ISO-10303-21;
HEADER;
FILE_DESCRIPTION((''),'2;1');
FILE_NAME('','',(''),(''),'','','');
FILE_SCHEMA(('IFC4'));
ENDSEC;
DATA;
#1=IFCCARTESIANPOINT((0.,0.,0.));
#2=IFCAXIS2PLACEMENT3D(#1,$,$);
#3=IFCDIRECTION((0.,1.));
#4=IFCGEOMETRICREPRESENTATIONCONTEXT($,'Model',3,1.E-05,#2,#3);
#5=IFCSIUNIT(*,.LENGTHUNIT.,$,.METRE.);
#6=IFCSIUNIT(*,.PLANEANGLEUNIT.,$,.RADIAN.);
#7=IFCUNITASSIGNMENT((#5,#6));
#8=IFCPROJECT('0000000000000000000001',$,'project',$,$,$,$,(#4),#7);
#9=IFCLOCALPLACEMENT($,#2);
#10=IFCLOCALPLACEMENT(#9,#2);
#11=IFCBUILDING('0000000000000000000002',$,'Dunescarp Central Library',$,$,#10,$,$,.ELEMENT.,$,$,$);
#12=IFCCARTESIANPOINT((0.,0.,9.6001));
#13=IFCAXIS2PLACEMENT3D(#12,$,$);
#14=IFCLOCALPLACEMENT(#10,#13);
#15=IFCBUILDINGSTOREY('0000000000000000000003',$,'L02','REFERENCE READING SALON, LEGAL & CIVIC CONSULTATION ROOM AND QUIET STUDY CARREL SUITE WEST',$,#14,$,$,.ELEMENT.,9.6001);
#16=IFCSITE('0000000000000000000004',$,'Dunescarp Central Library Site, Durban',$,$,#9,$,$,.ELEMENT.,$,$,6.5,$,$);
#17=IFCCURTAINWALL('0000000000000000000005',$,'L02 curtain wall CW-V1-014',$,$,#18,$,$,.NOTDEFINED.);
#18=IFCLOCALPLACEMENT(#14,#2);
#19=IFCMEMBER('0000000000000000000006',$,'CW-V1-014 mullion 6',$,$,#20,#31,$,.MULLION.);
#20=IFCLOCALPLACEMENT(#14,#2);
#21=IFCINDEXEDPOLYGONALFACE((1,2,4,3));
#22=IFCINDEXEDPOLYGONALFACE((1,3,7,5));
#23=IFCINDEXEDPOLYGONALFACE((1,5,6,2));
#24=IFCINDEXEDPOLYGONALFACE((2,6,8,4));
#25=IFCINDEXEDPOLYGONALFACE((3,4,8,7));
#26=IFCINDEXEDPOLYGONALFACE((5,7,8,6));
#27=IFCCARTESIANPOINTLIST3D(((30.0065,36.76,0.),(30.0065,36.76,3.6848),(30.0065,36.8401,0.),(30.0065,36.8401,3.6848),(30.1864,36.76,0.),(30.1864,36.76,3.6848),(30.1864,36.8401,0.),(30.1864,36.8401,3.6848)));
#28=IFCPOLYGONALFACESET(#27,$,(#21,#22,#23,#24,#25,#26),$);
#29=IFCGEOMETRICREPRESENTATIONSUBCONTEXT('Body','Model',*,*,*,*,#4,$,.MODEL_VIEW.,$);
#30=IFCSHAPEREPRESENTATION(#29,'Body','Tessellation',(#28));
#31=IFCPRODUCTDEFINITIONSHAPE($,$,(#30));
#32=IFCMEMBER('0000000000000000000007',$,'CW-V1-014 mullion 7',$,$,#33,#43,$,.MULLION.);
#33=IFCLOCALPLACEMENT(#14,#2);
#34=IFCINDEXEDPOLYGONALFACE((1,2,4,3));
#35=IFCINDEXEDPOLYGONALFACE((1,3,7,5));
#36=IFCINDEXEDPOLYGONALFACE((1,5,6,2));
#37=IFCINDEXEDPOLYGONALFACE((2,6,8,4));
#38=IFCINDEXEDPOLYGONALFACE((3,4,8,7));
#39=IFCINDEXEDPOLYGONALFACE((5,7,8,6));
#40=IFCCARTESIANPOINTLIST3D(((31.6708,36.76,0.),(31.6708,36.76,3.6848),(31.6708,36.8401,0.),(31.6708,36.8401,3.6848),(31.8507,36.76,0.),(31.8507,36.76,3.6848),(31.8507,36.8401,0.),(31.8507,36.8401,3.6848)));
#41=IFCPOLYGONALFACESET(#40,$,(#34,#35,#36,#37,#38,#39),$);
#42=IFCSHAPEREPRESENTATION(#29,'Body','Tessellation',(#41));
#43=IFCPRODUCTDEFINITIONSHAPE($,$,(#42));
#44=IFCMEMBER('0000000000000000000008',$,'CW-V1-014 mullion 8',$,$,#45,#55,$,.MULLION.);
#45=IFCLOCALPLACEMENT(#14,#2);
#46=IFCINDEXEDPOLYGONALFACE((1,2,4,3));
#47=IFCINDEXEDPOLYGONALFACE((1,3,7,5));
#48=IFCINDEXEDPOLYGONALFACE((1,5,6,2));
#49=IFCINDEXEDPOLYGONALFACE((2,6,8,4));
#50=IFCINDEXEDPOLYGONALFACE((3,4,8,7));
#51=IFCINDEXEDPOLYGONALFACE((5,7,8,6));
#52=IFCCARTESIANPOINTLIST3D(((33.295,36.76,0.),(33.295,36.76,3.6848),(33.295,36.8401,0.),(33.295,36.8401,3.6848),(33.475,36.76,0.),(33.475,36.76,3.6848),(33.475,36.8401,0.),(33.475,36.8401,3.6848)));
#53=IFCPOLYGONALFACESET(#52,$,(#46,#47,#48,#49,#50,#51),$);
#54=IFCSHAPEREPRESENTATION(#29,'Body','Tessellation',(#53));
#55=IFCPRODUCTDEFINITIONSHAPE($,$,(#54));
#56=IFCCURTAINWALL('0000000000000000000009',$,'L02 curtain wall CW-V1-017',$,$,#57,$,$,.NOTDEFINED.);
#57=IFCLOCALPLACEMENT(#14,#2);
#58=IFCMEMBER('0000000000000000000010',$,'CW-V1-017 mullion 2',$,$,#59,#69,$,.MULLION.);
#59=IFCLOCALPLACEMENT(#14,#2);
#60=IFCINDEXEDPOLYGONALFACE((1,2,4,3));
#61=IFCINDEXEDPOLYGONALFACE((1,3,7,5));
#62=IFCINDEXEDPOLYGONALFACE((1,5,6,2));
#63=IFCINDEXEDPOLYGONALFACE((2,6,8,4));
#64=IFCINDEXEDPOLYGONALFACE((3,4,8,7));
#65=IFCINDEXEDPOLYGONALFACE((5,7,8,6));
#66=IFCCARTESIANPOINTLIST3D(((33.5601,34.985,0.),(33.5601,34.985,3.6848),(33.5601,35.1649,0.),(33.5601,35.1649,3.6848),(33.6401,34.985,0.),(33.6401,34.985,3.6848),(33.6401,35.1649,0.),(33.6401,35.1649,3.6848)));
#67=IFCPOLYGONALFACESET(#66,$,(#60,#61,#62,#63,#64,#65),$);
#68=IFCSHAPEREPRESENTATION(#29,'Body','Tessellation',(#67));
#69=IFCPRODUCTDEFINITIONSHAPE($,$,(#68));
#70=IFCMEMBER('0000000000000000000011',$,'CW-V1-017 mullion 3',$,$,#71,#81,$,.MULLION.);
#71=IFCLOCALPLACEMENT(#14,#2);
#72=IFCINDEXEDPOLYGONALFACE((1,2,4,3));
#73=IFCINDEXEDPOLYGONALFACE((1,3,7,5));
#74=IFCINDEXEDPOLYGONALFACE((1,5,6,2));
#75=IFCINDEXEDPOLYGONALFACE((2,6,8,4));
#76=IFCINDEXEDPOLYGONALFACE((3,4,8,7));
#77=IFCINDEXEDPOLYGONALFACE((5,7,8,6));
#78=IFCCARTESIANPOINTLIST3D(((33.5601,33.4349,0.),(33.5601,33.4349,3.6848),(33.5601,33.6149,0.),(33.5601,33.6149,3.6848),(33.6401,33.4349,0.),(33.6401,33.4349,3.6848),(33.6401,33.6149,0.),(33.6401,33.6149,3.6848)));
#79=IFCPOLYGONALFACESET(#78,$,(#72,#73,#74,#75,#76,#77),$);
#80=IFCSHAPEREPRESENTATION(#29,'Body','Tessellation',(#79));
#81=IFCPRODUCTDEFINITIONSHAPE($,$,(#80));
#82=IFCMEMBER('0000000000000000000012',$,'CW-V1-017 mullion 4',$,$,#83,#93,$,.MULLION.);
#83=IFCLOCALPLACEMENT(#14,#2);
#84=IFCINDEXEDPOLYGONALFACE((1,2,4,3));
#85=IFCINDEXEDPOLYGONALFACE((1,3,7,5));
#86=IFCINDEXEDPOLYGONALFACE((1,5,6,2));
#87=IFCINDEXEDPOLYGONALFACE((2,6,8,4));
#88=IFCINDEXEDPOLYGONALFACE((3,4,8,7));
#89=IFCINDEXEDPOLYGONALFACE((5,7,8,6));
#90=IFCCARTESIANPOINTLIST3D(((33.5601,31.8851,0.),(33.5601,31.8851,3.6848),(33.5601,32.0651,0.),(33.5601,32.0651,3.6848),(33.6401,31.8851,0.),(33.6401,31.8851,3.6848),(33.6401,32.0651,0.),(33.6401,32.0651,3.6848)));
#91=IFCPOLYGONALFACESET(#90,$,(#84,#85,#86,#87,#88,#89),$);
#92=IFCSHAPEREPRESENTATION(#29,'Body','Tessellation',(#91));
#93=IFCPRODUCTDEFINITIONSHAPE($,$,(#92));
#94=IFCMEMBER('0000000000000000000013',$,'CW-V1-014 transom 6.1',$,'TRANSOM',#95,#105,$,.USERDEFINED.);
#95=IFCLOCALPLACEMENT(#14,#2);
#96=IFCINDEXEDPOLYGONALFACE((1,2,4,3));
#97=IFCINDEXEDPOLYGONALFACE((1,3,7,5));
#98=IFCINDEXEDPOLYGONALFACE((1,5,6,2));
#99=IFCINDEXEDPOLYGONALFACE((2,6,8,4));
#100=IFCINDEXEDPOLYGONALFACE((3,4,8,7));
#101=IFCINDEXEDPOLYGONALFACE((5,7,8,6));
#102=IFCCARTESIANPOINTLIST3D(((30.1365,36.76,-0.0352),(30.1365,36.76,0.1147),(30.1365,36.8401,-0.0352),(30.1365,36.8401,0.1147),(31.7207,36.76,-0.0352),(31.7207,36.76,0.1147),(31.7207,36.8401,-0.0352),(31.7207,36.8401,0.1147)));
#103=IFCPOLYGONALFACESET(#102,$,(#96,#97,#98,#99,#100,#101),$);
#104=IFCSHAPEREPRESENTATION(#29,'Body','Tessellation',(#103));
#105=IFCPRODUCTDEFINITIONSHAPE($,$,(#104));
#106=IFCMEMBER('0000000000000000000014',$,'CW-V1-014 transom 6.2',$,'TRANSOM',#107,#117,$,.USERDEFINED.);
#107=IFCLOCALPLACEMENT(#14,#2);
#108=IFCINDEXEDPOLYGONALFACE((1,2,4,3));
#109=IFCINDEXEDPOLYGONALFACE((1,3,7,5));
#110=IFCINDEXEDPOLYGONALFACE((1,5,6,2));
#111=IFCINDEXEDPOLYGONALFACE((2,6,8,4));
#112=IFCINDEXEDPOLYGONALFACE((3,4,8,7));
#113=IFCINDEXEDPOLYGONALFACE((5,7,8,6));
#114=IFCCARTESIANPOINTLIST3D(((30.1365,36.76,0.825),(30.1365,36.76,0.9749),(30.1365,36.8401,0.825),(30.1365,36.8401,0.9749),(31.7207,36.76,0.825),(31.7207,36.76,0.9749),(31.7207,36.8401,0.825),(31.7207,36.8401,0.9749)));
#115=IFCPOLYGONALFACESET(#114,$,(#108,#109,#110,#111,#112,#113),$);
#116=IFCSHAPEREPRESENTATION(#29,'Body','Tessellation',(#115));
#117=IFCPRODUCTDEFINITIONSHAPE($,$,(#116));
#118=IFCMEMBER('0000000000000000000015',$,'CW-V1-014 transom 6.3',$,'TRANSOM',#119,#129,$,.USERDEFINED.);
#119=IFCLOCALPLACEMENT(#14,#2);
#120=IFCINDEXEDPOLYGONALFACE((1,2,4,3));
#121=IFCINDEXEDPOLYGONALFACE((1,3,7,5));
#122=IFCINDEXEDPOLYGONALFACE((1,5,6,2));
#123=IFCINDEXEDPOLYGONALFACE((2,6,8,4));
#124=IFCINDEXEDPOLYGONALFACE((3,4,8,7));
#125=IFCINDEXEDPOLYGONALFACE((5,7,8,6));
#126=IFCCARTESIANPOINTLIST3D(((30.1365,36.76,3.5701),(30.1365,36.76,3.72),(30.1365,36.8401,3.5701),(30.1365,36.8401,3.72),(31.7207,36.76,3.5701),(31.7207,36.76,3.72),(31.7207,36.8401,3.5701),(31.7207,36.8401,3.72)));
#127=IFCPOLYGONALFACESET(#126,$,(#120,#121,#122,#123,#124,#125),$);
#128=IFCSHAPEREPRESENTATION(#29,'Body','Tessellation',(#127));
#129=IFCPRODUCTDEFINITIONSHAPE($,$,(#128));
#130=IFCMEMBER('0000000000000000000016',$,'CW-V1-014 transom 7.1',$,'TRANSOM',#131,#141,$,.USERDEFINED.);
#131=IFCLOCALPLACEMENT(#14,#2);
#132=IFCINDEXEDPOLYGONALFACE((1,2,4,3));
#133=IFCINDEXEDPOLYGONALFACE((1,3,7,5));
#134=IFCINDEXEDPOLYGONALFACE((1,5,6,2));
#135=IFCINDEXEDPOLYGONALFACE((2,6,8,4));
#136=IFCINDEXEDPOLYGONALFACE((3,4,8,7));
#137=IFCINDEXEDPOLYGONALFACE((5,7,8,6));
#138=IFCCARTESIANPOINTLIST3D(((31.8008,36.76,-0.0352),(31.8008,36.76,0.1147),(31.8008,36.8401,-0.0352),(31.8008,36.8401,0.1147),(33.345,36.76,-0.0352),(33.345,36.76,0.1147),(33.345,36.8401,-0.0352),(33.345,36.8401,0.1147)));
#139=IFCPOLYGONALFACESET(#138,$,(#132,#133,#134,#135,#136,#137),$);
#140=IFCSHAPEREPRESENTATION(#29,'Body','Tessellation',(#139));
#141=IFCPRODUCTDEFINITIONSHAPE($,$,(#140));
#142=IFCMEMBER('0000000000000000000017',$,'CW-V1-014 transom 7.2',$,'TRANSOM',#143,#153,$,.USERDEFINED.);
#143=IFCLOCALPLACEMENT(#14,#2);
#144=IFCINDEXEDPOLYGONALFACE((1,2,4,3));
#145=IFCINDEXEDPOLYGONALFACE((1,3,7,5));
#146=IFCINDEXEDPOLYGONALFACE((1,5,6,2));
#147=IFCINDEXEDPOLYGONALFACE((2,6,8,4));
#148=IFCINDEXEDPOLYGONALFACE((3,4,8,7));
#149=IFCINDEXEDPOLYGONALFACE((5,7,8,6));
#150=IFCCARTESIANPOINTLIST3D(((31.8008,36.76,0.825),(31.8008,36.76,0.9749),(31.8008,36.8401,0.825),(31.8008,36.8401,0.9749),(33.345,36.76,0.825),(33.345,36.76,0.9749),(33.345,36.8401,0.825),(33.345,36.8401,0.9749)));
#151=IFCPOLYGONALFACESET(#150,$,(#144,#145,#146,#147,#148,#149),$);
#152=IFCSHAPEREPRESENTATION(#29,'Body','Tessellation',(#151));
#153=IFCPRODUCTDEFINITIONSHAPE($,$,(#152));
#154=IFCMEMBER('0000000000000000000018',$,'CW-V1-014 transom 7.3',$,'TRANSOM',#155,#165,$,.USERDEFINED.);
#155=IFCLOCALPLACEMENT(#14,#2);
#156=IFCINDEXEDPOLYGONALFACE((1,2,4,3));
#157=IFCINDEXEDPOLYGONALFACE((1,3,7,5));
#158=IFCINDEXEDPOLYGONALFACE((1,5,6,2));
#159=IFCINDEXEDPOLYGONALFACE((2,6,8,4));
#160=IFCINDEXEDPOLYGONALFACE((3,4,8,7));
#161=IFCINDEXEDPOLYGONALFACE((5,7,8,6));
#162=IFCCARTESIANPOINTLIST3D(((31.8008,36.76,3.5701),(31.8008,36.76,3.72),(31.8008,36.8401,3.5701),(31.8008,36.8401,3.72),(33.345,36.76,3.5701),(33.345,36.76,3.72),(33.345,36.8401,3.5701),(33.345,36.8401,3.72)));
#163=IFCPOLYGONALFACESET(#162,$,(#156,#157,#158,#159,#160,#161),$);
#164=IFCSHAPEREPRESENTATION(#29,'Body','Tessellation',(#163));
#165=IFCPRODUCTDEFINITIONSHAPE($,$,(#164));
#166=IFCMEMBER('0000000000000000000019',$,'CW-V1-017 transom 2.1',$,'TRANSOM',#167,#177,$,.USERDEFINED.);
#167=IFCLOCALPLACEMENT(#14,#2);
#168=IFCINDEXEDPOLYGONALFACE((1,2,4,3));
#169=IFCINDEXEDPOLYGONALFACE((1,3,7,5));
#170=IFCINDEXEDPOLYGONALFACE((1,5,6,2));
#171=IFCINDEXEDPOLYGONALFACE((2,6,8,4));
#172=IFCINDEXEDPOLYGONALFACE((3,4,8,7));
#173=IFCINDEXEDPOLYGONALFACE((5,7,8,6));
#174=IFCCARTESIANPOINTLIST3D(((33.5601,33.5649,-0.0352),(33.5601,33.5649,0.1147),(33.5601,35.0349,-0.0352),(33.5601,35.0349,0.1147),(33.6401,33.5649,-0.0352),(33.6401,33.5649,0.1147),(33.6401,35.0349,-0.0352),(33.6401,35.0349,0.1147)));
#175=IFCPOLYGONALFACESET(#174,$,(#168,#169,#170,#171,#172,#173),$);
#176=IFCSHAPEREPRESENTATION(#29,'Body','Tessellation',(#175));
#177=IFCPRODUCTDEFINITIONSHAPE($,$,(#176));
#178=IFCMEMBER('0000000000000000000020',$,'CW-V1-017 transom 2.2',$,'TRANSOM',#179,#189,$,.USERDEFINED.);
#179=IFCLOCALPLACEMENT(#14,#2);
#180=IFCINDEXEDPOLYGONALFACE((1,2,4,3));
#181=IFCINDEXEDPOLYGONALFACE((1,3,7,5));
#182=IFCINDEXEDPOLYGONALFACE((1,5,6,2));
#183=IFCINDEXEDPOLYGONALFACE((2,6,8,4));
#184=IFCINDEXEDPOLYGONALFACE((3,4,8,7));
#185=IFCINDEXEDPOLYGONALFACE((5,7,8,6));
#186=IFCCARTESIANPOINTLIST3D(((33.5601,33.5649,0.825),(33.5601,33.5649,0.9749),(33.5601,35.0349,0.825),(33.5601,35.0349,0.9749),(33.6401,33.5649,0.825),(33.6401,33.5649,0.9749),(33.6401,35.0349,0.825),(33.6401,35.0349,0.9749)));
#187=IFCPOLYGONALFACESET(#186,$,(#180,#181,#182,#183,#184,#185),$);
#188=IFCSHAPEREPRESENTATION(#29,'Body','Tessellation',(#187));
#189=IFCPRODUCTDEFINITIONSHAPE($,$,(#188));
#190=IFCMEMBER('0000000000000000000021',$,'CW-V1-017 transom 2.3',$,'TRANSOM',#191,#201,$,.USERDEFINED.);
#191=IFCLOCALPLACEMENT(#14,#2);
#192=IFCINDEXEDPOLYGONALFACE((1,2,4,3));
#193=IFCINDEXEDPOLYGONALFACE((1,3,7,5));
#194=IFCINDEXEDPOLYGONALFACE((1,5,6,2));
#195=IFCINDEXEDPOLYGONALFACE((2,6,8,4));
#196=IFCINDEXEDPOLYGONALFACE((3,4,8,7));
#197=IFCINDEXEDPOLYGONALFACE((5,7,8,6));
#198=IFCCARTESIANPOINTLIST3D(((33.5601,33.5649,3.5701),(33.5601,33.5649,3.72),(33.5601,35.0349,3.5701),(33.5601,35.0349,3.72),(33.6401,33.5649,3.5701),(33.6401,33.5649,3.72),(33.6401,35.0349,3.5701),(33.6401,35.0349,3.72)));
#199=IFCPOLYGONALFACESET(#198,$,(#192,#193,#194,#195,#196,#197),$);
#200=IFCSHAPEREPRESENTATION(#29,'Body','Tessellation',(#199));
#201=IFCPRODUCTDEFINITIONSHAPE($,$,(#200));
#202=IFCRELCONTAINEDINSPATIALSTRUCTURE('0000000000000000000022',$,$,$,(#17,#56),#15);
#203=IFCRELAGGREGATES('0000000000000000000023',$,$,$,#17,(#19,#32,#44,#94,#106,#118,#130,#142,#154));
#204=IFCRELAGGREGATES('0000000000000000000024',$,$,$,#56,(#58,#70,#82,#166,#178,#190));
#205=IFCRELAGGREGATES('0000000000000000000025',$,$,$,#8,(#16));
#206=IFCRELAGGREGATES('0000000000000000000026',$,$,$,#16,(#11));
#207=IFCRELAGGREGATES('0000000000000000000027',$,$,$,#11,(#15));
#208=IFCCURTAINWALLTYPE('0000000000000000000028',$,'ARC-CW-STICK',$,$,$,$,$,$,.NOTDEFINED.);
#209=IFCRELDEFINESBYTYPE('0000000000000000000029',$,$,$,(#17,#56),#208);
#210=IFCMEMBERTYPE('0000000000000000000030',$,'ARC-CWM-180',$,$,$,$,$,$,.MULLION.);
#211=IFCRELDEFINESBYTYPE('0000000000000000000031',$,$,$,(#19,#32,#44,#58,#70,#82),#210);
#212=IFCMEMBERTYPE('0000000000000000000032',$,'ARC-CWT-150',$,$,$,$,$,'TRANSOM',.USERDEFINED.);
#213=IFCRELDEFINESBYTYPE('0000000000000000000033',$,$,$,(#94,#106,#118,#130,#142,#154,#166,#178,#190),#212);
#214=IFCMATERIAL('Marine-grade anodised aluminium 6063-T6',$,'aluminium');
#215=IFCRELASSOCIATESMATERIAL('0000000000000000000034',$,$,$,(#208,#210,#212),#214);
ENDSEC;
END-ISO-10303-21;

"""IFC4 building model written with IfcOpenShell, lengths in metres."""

from ifc_helpers import new_model, si_unit, direction, frame, origin, origin_2d, place, context, subcontext, project, spatial, rectangle, extrude, material, material_profile, profile_set, type_object, element, aggregate, save


model = new_model("IFC4")

# Units and contexts
model_context = context("Model", 3, precision=1e-05, world=origin(), true_north=direction((0.0, 1.0)))
body_context = subcontext(model_context, "Body", "Model", "MODEL_VIEW")
ifc_project = project(units=[si_unit("LENGTHUNIT", "METRE"), si_unit("PLANEANGLEUNIT", "RADIAN")], contexts=[model_context])

# Site, building, storey
site_placement = place(None, origin())
site = spatial("IfcSite", under=ifc_project, at=site_placement, Name="Dunescarp Central Library Site, Durban", CompositionType="ELEMENT", RefElevation=6.5)
building_placement = place(site_placement, origin())
building = spatial("IfcBuilding", under=site, at=building_placement, Name="Dunescarp Central Library", CompositionType="ELEMENT")
storey_placement = place(building_placement, frame((0.0, 0.0, 9.6001)))
storey = spatial("IfcBuildingStorey", under=building, at=storey_placement, Name="L02", Description="REFERENCE READING SALON, LEGAL & CIVIC CONSULTATION ROOM AND QUIET STUDY CARREL SUITE WEST", CompositionType="ELEMENT", Elevation=9.6001)

# Curtain walls, members
ifc_material_1 = material(Name="Marine-grade anodised aluminium 6063-T6", Category="aluminium")
curtain_wall_type = type_object("IfcCurtainWallType", Name="ARC-CW-STICK", PredefinedType="NOTDEFINED", material=ifc_material_1)
curtain_wall_1_placement = place(storey_placement, origin())
curtain_wall_1 = element("IfcCurtainWall", 1, at=curtain_wall_1_placement, inside=storey, type_object=curtain_wall_type, Name="L02 curtain wall CW-V1-014", PredefinedType="NOTDEFINED")
ifc_material_profile_1 = material_profile(ifc_material_1, rectangle(XDim=0.0801, YDim=0.1799, at=origin_2d()), Name="AL 80x180")
ifc_profile_set_1 = profile_set([ifc_material_profile_1], Name="Marine-grade anodised aluminium 6063-T6")
member_type_1 = type_object("IfcMemberType", Name="ARC-CWM-180", PredefinedType="MULLION", material=ifc_profile_set_1)
member_1_placement = place(storey_placement, frame((30.0964, 36.8, 0.0), z_axis=(0.0, 0.0, 1.0), x_axis=(0.0, 1.0, 0.0)))
member_1 = element("IfcMember", 2, at=member_1_placement, type_object=member_type_1, Name="CW-V1-014 mullion 6", PredefinedType="MULLION", context=body_context, shape_type="SweptSolid", body=[
    extrude(rectangle(XDim=0.0801, YDim=0.1799, at=origin_2d()), origin(), (0.0, 0.0, 1.0), 3.6848),
])
member_2_placement = place(storey_placement, frame((31.7607, 36.8, 0.0), z_axis=(0.0, 0.0, 1.0), x_axis=(0.0, 1.0, 0.0)))
member_2 = element("IfcMember", 3, at=member_2_placement, type_object=member_type_1, Name="CW-V1-014 mullion 7", PredefinedType="MULLION", context=body_context, shape_type="SweptSolid", body=[
    extrude(rectangle(XDim=0.0801, YDim=0.1799, at=origin_2d()), origin(), (0.0, 0.0, 1.0), 3.6848),
])
member_3_placement = place(storey_placement, frame((33.385, 36.8, 0.0), z_axis=(0.0, 0.0, 1.0), x_axis=(0.0, 1.0, 0.0)))
member_3 = element("IfcMember", 4, at=member_3_placement, type_object=member_type_1, Name="CW-V1-014 mullion 8", PredefinedType="MULLION", context=body_context, shape_type="SweptSolid", body=[
    extrude(rectangle(XDim=0.0801, YDim=0.1799, at=origin_2d()), origin(), (0.0, 0.0, 1.0), 3.6848),
])
curtain_wall_2_placement = place(storey_placement, origin())
curtain_wall_2 = element("IfcCurtainWall", 5, at=curtain_wall_2_placement, inside=storey, type_object=curtain_wall_type, Name="L02 curtain wall CW-V1-017", PredefinedType="NOTDEFINED")
member_4_placement = place(storey_placement, frame((33.6001, 35.075, 0.0), z_axis=(0.0, 0.0, 1.0), x_axis=(1.0, 0.0, 0.0)))
member_4 = element("IfcMember", 6, at=member_4_placement, type_object=member_type_1, Name="CW-V1-017 mullion 2", PredefinedType="MULLION", context=body_context, shape_type="SweptSolid", body=[
    extrude(rectangle(XDim=0.0801, YDim=0.1799, at=origin_2d()), origin(), (0.0, 0.0, 1.0), 3.6848),
])
member_5_placement = place(storey_placement, frame((33.6001, 33.5249, 0.0), z_axis=(0.0, 0.0, 1.0), x_axis=(1.0, 0.0, 0.0)))
member_5 = element("IfcMember", 7, at=member_5_placement, type_object=member_type_1, Name="CW-V1-017 mullion 3", PredefinedType="MULLION", context=body_context, shape_type="SweptSolid", body=[
    extrude(rectangle(XDim=0.0801, YDim=0.1799, at=origin_2d()), origin(), (0.0, 0.0, 1.0), 3.6848),
])
member_6_placement = place(storey_placement, frame((33.6001, 31.9751, 0.0), z_axis=(0.0, 0.0, 1.0), x_axis=(1.0, 0.0, 0.0)))
member_6 = element("IfcMember", 8, at=member_6_placement, type_object=member_type_1, Name="CW-V1-017 mullion 4", PredefinedType="MULLION", context=body_context, shape_type="SweptSolid", body=[
    extrude(rectangle(XDim=0.0801, YDim=0.1799, at=origin_2d()), origin(), (0.0, 0.0, 1.0), 3.6848),
])

# Members
ifc_material_profile_2 = material_profile(ifc_material_1, rectangle(XDim=0.0801, YDim=0.1499, at=origin_2d()), Name="AL 80x150")
ifc_profile_set_2 = profile_set([ifc_material_profile_2], Name="Marine-grade anodised aluminium 6063-T6")
member_type_2 = type_object("IfcMemberType", Name="ARC-CWT-150", ElementType="TRANSOM", PredefinedType="USERDEFINED", material=ifc_profile_set_2)
member_7_placement = place(storey_placement, frame((30.1365, 36.8, 0.0398), z_axis=(1.0, 0.0, 0.0), x_axis=(0.0, 1.0, 0.0)))
member_7 = element("IfcMember", 9, at=member_7_placement, type_object=member_type_2, Name="CW-V1-014 transom 6.1", ObjectType="TRANSOM", PredefinedType="USERDEFINED", context=body_context, shape_type="SweptSolid", body=[
    extrude(rectangle(XDim=0.0801, YDim=0.1499, at=origin_2d()), origin(), (0.0, 0.0, 1.0), 1.5842),
])
member_8_placement = place(storey_placement, frame((30.1365, 36.8, 0.8999), z_axis=(1.0, 0.0, 0.0), x_axis=(0.0, 1.0, 0.0)))
member_8 = element("IfcMember", 10, at=member_8_placement, type_object=member_type_2, Name="CW-V1-014 transom 6.2", ObjectType="TRANSOM", PredefinedType="USERDEFINED", context=body_context, shape_type="SweptSolid", body=[
    extrude(rectangle(XDim=0.0801, YDim=0.1499, at=origin_2d()), origin(), (0.0, 0.0, 1.0), 1.5842),
])
member_9_placement = place(storey_placement, frame((30.1365, 36.8, 3.645), z_axis=(1.0, 0.0, 0.0), x_axis=(0.0, 1.0, 0.0)))
member_9 = element("IfcMember", 11, at=member_9_placement, type_object=member_type_2, Name="CW-V1-014 transom 6.3", ObjectType="TRANSOM", PredefinedType="USERDEFINED", context=body_context, shape_type="SweptSolid", body=[
    extrude(rectangle(XDim=0.0801, YDim=0.1499, at=origin_2d()), origin(), (0.0, 0.0, 1.0), 1.5842),
])
member_10_placement = place(storey_placement, frame((31.8008, 36.8, 0.0398), z_axis=(1.0, 0.0, 0.0), x_axis=(0.0, 1.0, 0.0)))
member_10 = element("IfcMember", 12, at=member_10_placement, type_object=member_type_2, Name="CW-V1-014 transom 7.1", ObjectType="TRANSOM", PredefinedType="USERDEFINED", context=body_context, shape_type="SweptSolid", body=[
    extrude(rectangle(XDim=0.0801, YDim=0.1499, at=origin_2d()), origin(), (0.0, 0.0, 1.0), 1.5442),
])
member_11_placement = place(storey_placement, frame((31.8008, 36.8, 0.8999), z_axis=(1.0, 0.0, 0.0), x_axis=(0.0, 1.0, 0.0)))
member_11 = element("IfcMember", 13, at=member_11_placement, type_object=member_type_2, Name="CW-V1-014 transom 7.2", ObjectType="TRANSOM", PredefinedType="USERDEFINED", context=body_context, shape_type="SweptSolid", body=[
    extrude(rectangle(XDim=0.0801, YDim=0.1499, at=origin_2d()), origin(), (0.0, 0.0, 1.0), 1.5442),
])
member_12_placement = place(storey_placement, frame((31.8008, 36.8, 3.645), z_axis=(1.0, 0.0, 0.0), x_axis=(0.0, 1.0, 0.0)))
member_12 = element("IfcMember", 14, at=member_12_placement, type_object=member_type_2, Name="CW-V1-014 transom 7.3", ObjectType="TRANSOM", PredefinedType="USERDEFINED", context=body_context, shape_type="SweptSolid", body=[
    extrude(rectangle(XDim=0.0801, YDim=0.1499, at=origin_2d()), origin(), (0.0, 0.0, 1.0), 1.5442),
])
member_13_placement = place(storey_placement, frame((33.6001, 35.0349, 0.0398), z_axis=(0.0, -1.0, 0.0), x_axis=(1.0, 0.0, 0.0)))
member_13 = element("IfcMember", 15, at=member_13_placement, type_object=member_type_2, Name="CW-V1-017 transom 2.1", ObjectType="TRANSOM", PredefinedType="USERDEFINED", context=body_context, shape_type="SweptSolid", body=[
    extrude(rectangle(XDim=0.0801, YDim=0.1499, at=origin_2d()), origin(), (0.0, 0.0, 1.0), 1.47),
])
member_14_placement = place(storey_placement, frame((33.6001, 35.0349, 0.8999), z_axis=(0.0, -1.0, 0.0), x_axis=(1.0, 0.0, 0.0)))
member_14 = element("IfcMember", 16, at=member_14_placement, type_object=member_type_2, Name="CW-V1-017 transom 2.2", ObjectType="TRANSOM", PredefinedType="USERDEFINED", context=body_context, shape_type="SweptSolid", body=[
    extrude(rectangle(XDim=0.0801, YDim=0.1499, at=origin_2d()), origin(), (0.0, 0.0, 1.0), 1.47),
])
member_15_placement = place(storey_placement, frame((33.6001, 35.0349, 3.645), z_axis=(0.0, -1.0, 0.0), x_axis=(1.0, 0.0, 0.0)))
member_15 = element("IfcMember", 17, at=member_15_placement, type_object=member_type_2, Name="CW-V1-017 transom 2.3", ObjectType="TRANSOM", PredefinedType="USERDEFINED", context=body_context, shape_type="SweptSolid", body=[
    extrude(rectangle(XDim=0.0801, YDim=0.1499, at=origin_2d()), origin(), (0.0, 0.0, 1.0), 1.47),
])

aggregate(curtain_wall_1, [member_1, member_2, member_3, member_7, member_8, member_9, member_10, member_11, member_12])
aggregate(curtain_wall_2, [member_4, member_5, member_6, member_13, member_14, member_15])

save(model, "model.ifc")
